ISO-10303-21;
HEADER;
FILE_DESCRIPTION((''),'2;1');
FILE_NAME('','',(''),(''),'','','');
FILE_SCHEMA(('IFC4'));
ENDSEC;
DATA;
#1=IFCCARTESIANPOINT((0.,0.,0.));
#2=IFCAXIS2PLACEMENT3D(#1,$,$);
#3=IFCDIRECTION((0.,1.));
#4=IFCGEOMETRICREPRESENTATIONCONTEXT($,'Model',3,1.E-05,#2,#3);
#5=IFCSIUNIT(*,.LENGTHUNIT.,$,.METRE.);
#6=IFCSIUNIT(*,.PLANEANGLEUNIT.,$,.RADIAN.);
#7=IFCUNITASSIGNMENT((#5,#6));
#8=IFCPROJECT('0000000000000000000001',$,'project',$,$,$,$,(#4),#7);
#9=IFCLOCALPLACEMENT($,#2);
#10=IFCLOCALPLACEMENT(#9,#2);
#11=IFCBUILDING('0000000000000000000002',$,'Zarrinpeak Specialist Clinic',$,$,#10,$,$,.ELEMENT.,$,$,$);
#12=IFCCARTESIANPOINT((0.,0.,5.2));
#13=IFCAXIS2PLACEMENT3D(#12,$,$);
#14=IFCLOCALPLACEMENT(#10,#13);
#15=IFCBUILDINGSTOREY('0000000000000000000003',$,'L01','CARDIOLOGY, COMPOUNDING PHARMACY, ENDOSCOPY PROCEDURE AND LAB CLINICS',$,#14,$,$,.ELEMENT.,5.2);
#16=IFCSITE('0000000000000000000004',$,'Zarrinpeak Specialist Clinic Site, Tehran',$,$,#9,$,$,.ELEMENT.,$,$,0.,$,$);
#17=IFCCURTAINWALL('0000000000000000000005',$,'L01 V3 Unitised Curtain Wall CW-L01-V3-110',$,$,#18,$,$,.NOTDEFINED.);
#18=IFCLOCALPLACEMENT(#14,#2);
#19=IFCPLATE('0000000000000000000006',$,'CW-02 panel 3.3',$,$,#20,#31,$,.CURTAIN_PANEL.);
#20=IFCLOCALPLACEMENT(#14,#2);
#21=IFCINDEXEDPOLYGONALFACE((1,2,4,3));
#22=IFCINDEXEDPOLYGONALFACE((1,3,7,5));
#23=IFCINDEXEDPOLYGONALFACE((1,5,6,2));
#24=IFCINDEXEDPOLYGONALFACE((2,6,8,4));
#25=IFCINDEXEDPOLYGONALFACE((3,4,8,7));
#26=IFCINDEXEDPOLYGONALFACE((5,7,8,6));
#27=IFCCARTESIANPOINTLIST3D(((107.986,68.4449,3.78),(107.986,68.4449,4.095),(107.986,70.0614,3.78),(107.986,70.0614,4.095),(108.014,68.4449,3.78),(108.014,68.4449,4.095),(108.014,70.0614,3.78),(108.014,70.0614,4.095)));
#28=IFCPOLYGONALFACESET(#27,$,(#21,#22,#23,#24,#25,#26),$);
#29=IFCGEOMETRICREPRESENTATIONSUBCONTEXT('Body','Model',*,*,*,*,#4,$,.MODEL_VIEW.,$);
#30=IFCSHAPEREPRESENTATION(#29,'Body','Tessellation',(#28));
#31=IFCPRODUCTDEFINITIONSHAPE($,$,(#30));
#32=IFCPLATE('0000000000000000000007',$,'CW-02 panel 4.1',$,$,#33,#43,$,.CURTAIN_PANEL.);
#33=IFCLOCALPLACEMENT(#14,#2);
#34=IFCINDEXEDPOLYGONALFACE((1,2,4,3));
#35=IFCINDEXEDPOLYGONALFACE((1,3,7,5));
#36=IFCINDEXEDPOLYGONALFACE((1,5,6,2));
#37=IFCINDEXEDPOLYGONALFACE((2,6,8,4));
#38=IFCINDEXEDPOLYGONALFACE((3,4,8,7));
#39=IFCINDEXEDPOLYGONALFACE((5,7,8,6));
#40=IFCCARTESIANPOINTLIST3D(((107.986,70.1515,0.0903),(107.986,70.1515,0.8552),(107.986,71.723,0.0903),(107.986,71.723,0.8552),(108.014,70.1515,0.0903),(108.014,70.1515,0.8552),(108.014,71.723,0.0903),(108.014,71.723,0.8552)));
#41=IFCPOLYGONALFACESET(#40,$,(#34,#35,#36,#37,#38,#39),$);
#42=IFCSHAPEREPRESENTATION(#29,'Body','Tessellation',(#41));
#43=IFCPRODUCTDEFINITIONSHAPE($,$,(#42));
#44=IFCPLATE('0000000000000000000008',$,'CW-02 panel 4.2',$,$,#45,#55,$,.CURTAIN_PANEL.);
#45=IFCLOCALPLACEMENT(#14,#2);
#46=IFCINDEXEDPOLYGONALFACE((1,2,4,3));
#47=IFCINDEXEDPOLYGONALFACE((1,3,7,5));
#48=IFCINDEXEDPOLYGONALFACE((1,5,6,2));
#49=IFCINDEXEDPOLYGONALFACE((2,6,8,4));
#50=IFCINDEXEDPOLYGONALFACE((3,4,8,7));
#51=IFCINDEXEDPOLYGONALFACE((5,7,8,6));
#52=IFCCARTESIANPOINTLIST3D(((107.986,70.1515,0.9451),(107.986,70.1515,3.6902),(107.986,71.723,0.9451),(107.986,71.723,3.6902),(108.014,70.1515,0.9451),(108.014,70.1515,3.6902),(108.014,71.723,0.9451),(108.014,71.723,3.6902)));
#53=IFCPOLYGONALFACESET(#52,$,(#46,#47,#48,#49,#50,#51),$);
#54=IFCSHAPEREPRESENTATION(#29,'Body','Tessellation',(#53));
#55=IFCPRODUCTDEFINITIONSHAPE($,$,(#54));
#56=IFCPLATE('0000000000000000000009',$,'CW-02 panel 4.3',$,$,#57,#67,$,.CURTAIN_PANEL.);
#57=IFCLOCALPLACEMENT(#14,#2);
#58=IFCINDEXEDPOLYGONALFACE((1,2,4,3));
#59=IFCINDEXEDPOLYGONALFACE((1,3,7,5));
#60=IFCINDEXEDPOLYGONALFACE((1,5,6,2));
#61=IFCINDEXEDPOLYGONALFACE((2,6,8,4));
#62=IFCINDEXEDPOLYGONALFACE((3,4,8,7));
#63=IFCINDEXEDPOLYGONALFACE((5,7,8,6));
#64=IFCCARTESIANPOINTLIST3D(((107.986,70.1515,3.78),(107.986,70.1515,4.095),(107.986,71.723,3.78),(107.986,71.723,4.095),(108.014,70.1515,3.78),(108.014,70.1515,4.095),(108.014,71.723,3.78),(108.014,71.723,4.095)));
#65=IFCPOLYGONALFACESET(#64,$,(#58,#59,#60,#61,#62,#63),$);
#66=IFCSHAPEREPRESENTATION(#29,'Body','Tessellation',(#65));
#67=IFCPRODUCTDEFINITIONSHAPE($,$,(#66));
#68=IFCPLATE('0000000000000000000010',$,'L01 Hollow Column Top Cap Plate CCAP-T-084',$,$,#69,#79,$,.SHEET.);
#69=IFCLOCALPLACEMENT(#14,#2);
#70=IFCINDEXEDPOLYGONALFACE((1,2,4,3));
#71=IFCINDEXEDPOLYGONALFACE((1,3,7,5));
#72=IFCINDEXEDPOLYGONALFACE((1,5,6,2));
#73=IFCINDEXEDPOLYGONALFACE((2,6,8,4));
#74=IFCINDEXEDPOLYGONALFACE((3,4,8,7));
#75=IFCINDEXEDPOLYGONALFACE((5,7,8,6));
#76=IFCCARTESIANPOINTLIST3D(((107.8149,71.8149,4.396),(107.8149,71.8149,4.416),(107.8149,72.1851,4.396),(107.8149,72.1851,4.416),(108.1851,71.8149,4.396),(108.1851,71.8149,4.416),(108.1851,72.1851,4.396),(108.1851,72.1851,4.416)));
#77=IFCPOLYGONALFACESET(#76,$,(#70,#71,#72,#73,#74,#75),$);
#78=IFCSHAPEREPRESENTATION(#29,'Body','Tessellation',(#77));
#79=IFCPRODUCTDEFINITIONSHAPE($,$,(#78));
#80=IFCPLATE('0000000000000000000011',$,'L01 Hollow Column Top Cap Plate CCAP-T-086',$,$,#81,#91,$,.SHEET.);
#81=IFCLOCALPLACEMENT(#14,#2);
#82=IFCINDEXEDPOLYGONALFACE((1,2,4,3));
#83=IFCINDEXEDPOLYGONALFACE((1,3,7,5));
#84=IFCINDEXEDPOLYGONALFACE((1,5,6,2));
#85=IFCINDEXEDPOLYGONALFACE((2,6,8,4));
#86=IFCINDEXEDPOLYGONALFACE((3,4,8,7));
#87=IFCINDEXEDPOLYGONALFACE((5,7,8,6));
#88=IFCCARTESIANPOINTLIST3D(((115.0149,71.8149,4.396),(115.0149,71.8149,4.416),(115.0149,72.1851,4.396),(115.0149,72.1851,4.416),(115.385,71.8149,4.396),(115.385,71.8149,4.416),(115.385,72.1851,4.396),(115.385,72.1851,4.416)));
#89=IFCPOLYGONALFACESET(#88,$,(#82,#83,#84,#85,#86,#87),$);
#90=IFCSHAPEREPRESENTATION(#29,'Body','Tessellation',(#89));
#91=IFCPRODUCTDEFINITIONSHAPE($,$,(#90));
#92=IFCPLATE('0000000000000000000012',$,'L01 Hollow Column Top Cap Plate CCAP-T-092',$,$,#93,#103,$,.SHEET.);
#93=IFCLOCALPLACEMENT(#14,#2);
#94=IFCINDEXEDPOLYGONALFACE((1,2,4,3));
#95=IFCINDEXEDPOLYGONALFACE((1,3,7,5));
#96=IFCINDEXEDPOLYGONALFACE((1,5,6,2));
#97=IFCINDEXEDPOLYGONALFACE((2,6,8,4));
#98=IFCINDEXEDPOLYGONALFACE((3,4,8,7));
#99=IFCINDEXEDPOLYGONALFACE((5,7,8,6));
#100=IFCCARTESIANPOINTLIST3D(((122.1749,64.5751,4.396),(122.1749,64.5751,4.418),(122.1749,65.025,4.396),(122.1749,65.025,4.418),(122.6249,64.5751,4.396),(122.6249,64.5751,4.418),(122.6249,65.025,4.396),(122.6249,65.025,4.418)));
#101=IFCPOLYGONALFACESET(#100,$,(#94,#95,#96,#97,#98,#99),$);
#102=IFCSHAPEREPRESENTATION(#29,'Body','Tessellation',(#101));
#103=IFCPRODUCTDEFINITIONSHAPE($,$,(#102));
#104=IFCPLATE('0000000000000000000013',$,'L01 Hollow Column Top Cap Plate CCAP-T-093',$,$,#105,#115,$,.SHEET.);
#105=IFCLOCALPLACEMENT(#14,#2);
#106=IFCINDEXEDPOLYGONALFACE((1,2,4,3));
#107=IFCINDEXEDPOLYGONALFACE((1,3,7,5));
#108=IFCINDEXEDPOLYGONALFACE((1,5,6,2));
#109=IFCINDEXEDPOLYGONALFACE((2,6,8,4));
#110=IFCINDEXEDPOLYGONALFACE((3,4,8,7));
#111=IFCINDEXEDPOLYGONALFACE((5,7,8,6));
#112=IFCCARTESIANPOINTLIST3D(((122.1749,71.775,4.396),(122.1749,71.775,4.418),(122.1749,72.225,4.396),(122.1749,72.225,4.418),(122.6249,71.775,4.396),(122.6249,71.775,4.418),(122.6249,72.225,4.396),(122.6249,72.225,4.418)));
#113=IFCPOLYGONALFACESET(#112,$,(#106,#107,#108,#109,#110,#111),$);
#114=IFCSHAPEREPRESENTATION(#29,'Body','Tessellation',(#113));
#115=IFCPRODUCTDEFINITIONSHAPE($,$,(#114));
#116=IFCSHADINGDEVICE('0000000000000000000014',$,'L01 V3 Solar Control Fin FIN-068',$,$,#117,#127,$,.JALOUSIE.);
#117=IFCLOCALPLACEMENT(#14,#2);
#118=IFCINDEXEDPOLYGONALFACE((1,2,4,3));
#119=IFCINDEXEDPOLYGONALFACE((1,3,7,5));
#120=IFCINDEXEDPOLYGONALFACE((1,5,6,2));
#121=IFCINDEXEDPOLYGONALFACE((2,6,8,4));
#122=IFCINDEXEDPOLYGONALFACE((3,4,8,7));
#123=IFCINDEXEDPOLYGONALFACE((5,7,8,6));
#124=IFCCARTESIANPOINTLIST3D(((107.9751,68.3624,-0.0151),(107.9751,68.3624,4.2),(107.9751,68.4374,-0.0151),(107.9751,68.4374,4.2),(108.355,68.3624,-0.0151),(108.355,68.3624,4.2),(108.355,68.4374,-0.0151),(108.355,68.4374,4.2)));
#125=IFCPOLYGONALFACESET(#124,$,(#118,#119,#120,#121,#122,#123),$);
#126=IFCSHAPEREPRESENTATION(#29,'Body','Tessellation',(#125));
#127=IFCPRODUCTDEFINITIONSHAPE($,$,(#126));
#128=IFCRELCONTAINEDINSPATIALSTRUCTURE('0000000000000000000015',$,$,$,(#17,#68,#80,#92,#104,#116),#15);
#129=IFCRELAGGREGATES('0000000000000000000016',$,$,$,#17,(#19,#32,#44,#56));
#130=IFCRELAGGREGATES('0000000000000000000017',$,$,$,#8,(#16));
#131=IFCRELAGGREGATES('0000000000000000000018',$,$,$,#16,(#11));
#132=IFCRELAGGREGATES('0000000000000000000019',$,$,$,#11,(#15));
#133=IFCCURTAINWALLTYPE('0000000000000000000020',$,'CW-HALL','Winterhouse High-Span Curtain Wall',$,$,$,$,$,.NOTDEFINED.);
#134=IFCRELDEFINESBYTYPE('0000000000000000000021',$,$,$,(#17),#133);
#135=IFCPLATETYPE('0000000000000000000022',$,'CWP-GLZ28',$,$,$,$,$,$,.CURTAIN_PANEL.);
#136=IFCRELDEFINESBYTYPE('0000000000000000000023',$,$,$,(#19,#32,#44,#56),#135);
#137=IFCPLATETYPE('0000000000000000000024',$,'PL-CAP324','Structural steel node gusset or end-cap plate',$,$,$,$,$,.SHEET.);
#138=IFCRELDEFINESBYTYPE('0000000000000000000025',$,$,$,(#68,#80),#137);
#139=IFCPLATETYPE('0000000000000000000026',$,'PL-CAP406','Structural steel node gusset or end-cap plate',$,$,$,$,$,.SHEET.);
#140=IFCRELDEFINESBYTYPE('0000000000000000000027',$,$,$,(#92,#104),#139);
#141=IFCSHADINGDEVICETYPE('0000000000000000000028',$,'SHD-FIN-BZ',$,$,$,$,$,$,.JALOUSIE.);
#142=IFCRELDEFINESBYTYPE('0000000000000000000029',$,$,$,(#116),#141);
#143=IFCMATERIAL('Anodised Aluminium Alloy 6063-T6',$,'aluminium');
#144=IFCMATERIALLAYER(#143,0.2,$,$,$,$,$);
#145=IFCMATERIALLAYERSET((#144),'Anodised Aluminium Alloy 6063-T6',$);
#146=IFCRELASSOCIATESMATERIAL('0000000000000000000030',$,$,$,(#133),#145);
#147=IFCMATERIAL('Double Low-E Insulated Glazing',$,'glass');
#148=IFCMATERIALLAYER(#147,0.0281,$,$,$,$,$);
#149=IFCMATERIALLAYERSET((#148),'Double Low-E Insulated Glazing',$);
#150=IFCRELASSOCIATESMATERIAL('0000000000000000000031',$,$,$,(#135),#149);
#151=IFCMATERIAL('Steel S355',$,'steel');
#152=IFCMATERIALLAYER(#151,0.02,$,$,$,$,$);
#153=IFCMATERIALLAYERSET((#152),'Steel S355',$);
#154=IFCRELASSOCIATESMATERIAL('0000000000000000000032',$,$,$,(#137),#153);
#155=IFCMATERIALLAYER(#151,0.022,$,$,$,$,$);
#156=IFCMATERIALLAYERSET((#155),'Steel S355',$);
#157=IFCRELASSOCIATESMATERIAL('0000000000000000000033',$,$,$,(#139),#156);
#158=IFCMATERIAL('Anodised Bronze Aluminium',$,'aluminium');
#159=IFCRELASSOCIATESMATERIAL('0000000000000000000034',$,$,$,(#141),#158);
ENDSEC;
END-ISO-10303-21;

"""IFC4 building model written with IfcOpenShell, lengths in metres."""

from ifc_helpers import new_model, si_unit, direction, frame, origin, origin_2d, place, context, subcontext, project, spatial, rectangle, extrude, material, layer, layer_set, type_object, element, aggregate, save


model = new_model("IFC4")

# Units and contexts
model_context = context("Model", 3, precision=1e-05, world=origin(), true_north=direction((0.0, 1.0)))
body_context = subcontext(model_context, "Body", "Model", "MODEL_VIEW")
ifc_project = project(units=[si_unit("LENGTHUNIT", "METRE"), si_unit("PLANEANGLEUNIT", "RADIAN")], contexts=[model_context])

# Site, building, storey
site_placement = place(None, origin())
site = spatial("IfcSite", under=ifc_project, at=site_placement, Name="Zarrinpeak Specialist Clinic Site, Tehran", CompositionType="ELEMENT", RefElevation=0.0)
building_placement = place(site_placement, origin())
building = spatial("IfcBuilding", under=site, at=building_placement, Name="Zarrinpeak Specialist Clinic", CompositionType="ELEMENT")
storey_placement = place(building_placement, frame((0.0, 0.0, 5.2)))
storey = spatial("IfcBuildingStorey", under=building, at=storey_placement, Name="L01", Description="CARDIOLOGY, COMPOUNDING PHARMACY, ENDOSCOPY PROCEDURE AND LAB CLINICS", CompositionType="ELEMENT", Elevation=5.2)

# Shared definitions
ifc_material_1 = material(Name="Steel S355", Category="steel")

# Curtain wall, plates
ifc_material_2 = material(Name="Anodised Aluminium Alloy 6063-T6", Category="aluminium")
ifc_layer_1 = layer(ifc_material_2, 0.2)
ifc_layer_set_1 = layer_set([ifc_layer_1], Name="Anodised Aluminium Alloy 6063-T6")
curtain_wall_type = type_object("IfcCurtainWallType", Name="CW-HALL", Description="Winterhouse High-Span Curtain Wall", PredefinedType="NOTDEFINED", material=ifc_layer_set_1)
curtain_wall_placement = place(storey_placement, origin())
curtain_wall = element("IfcCurtainWall", 1, at=curtain_wall_placement, inside=storey, type_object=curtain_wall_type, Name="L01 V3 Unitised Curtain Wall CW-L01-V3-110", PredefinedType="NOTDEFINED")
ifc_material_3 = material(Name="Double Low-E Insulated Glazing", Category="glass")
ifc_layer_2 = layer(ifc_material_3, 0.0281)
ifc_layer_set_2 = layer_set([ifc_layer_2], Name="Double Low-E Insulated Glazing")
plate_type_1 = type_object("IfcPlateType", Name="CWP-GLZ28", PredefinedType="CURTAIN_PANEL", material=ifc_layer_set_2)
plate_1_placement = place(storey_placement, frame((108.0, 69.2532, 3.78), z_axis=(0.0, 0.0, 1.0), x_axis=(0.0, 1.0, 0.0)))
plate_1 = element("IfcPlate", 2, at=plate_1_placement, type_object=plate_type_1, Name="CW-02 panel 3.3", PredefinedType="CURTAIN_PANEL", context=body_context, shape_type="SweptSolid", body=[
    extrude(rectangle(XDim=1.6165, YDim=0.0281, at=origin_2d()), origin(), (0.0, 0.0, 1.0), 0.3149),
])
plate_2_placement = place(storey_placement, frame((108.0, 70.9373, 0.0903), z_axis=(0.0, 0.0, 1.0), x_axis=(0.0, 1.0, 0.0)))
plate_2 = element("IfcPlate", 3, at=plate_2_placement, type_object=plate_type_1, Name="CW-02 panel 4.1", PredefinedType="CURTAIN_PANEL", context=body_context, shape_type="SweptSolid", body=[
    extrude(rectangle(XDim=1.5715, YDim=0.0281, at=origin_2d()), origin(), (0.0, 0.0, 1.0), 0.7649),
])
plate_3_placement = place(storey_placement, frame((108.0, 70.9373, 0.9451), z_axis=(0.0, 0.0, 1.0), x_axis=(0.0, 1.0, 0.0)))
plate_3 = element("IfcPlate", 4, at=plate_3_placement, type_object=plate_type_1, Name="CW-02 panel 4.2", PredefinedType="CURTAIN_PANEL", context=body_context, shape_type="SweptSolid", body=[
    extrude(rectangle(XDim=1.5715, YDim=0.0281, at=origin_2d()), origin(), (0.0, 0.0, 1.0), 2.7451),
])
plate_4_placement = place(storey_placement, frame((108.0, 70.9373, 3.78), z_axis=(0.0, 0.0, 1.0), x_axis=(0.0, 1.0, 0.0)))
plate_4 = element("IfcPlate", 5, at=plate_4_placement, type_object=plate_type_1, Name="CW-02 panel 4.3", PredefinedType="CURTAIN_PANEL", context=body_context, shape_type="SweptSolid", body=[
    extrude(rectangle(XDim=1.5715, YDim=0.0281, at=origin_2d()), origin(), (0.0, 0.0, 1.0), 0.3149),
])
aggregate(curtain_wall, [plate_1, plate_2, plate_3, plate_4])

# Plates
ifc_layer_3 = layer(ifc_material_1, 0.02)
ifc_layer_set_3 = layer_set([ifc_layer_3], Name="Steel S355")
plate_type_2 = type_object("IfcPlateType", Name="PL-CAP324", Description="Structural steel node gusset or end-cap plate", PredefinedType="SHEET", material=ifc_layer_set_3)
for number, where, z_axis, x_axis, name in (
    (6, (108.0, 72.0, 4.396), (0.0, 0.0, 1.0), (1.0, 0.0, 0.0), "L01 Hollow Column Top Cap Plate CCAP-T-084"),
    (7, (115.2, 72.0, 4.396), (0.0, 0.0, 1.0), (1.0, 0.0, 0.0), "L01 Hollow Column Top Cap Plate CCAP-T-086"),
):
    element("IfcPlate", number, at=place(storey_placement, frame(where, z_axis=z_axis, x_axis=x_axis)), inside=storey, type_object=plate_type_2, Name=name, PredefinedType="SHEET", context=body_context, shape_type="SweptSolid", body=[
        extrude(rectangle(XDim=0.3701, YDim=0.3701, at=origin_2d()), origin(), (0.0, 0.0, 1.0), 0.02),
    ])
ifc_layer_4 = layer(ifc_material_1, 0.022)
ifc_layer_set_4 = layer_set([ifc_layer_4], Name="Steel S355")
plate_type_3 = type_object("IfcPlateType", Name="PL-CAP406", Description="Structural steel node gusset or end-cap plate", PredefinedType="SHEET", material=ifc_layer_set_4)
for number, where, z_axis, x_axis, name in (
    (8, (122.3999, 64.8, 4.396), (0.0, 0.0, 1.0), (1.0, 0.0, 0.0), "L01 Hollow Column Top Cap Plate CCAP-T-092"),
    (9, (122.3999, 72.0, 4.396), (0.0, 0.0, 1.0), (1.0, 0.0, 0.0), "L01 Hollow Column Top Cap Plate CCAP-T-093"),
):
    element("IfcPlate", number, at=place(storey_placement, frame(where, z_axis=z_axis, x_axis=x_axis)), inside=storey, type_object=plate_type_3, Name=name, PredefinedType="SHEET", context=body_context, shape_type="SweptSolid", body=[
        extrude(rectangle(XDim=0.45, YDim=0.45, at=origin_2d()), origin(), (0.0, 0.0, 1.0), 0.022),
    ])

# Shading device
ifc_material_4 = material(Name="Anodised Bronze Aluminium", Category="aluminium")
shading_device_type = type_object("IfcShadingDeviceType", Name="SHD-FIN-BZ", PredefinedType="JALOUSIE", material=ifc_material_4)
shading_device_placement = place(storey_placement, frame((108.165, 68.3999, -0.0151), z_axis=(0.0, 0.0, 1.0), x_axis=(1.0, 0.0, 0.0)))
element("IfcShadingDevice", 10, at=shading_device_placement, inside=storey, type_object=shading_device_type, Name="L01 V3 Solar Control Fin FIN-068", PredefinedType="JALOUSIE", context=body_context, shape_type="SweptSolid", body=[
    extrude(rectangle(XDim=0.3799, YDim=0.075, at=origin_2d()), origin(), (0.0, 0.0, 1.0), 4.2151),
])

save(model, "model.ifc")
